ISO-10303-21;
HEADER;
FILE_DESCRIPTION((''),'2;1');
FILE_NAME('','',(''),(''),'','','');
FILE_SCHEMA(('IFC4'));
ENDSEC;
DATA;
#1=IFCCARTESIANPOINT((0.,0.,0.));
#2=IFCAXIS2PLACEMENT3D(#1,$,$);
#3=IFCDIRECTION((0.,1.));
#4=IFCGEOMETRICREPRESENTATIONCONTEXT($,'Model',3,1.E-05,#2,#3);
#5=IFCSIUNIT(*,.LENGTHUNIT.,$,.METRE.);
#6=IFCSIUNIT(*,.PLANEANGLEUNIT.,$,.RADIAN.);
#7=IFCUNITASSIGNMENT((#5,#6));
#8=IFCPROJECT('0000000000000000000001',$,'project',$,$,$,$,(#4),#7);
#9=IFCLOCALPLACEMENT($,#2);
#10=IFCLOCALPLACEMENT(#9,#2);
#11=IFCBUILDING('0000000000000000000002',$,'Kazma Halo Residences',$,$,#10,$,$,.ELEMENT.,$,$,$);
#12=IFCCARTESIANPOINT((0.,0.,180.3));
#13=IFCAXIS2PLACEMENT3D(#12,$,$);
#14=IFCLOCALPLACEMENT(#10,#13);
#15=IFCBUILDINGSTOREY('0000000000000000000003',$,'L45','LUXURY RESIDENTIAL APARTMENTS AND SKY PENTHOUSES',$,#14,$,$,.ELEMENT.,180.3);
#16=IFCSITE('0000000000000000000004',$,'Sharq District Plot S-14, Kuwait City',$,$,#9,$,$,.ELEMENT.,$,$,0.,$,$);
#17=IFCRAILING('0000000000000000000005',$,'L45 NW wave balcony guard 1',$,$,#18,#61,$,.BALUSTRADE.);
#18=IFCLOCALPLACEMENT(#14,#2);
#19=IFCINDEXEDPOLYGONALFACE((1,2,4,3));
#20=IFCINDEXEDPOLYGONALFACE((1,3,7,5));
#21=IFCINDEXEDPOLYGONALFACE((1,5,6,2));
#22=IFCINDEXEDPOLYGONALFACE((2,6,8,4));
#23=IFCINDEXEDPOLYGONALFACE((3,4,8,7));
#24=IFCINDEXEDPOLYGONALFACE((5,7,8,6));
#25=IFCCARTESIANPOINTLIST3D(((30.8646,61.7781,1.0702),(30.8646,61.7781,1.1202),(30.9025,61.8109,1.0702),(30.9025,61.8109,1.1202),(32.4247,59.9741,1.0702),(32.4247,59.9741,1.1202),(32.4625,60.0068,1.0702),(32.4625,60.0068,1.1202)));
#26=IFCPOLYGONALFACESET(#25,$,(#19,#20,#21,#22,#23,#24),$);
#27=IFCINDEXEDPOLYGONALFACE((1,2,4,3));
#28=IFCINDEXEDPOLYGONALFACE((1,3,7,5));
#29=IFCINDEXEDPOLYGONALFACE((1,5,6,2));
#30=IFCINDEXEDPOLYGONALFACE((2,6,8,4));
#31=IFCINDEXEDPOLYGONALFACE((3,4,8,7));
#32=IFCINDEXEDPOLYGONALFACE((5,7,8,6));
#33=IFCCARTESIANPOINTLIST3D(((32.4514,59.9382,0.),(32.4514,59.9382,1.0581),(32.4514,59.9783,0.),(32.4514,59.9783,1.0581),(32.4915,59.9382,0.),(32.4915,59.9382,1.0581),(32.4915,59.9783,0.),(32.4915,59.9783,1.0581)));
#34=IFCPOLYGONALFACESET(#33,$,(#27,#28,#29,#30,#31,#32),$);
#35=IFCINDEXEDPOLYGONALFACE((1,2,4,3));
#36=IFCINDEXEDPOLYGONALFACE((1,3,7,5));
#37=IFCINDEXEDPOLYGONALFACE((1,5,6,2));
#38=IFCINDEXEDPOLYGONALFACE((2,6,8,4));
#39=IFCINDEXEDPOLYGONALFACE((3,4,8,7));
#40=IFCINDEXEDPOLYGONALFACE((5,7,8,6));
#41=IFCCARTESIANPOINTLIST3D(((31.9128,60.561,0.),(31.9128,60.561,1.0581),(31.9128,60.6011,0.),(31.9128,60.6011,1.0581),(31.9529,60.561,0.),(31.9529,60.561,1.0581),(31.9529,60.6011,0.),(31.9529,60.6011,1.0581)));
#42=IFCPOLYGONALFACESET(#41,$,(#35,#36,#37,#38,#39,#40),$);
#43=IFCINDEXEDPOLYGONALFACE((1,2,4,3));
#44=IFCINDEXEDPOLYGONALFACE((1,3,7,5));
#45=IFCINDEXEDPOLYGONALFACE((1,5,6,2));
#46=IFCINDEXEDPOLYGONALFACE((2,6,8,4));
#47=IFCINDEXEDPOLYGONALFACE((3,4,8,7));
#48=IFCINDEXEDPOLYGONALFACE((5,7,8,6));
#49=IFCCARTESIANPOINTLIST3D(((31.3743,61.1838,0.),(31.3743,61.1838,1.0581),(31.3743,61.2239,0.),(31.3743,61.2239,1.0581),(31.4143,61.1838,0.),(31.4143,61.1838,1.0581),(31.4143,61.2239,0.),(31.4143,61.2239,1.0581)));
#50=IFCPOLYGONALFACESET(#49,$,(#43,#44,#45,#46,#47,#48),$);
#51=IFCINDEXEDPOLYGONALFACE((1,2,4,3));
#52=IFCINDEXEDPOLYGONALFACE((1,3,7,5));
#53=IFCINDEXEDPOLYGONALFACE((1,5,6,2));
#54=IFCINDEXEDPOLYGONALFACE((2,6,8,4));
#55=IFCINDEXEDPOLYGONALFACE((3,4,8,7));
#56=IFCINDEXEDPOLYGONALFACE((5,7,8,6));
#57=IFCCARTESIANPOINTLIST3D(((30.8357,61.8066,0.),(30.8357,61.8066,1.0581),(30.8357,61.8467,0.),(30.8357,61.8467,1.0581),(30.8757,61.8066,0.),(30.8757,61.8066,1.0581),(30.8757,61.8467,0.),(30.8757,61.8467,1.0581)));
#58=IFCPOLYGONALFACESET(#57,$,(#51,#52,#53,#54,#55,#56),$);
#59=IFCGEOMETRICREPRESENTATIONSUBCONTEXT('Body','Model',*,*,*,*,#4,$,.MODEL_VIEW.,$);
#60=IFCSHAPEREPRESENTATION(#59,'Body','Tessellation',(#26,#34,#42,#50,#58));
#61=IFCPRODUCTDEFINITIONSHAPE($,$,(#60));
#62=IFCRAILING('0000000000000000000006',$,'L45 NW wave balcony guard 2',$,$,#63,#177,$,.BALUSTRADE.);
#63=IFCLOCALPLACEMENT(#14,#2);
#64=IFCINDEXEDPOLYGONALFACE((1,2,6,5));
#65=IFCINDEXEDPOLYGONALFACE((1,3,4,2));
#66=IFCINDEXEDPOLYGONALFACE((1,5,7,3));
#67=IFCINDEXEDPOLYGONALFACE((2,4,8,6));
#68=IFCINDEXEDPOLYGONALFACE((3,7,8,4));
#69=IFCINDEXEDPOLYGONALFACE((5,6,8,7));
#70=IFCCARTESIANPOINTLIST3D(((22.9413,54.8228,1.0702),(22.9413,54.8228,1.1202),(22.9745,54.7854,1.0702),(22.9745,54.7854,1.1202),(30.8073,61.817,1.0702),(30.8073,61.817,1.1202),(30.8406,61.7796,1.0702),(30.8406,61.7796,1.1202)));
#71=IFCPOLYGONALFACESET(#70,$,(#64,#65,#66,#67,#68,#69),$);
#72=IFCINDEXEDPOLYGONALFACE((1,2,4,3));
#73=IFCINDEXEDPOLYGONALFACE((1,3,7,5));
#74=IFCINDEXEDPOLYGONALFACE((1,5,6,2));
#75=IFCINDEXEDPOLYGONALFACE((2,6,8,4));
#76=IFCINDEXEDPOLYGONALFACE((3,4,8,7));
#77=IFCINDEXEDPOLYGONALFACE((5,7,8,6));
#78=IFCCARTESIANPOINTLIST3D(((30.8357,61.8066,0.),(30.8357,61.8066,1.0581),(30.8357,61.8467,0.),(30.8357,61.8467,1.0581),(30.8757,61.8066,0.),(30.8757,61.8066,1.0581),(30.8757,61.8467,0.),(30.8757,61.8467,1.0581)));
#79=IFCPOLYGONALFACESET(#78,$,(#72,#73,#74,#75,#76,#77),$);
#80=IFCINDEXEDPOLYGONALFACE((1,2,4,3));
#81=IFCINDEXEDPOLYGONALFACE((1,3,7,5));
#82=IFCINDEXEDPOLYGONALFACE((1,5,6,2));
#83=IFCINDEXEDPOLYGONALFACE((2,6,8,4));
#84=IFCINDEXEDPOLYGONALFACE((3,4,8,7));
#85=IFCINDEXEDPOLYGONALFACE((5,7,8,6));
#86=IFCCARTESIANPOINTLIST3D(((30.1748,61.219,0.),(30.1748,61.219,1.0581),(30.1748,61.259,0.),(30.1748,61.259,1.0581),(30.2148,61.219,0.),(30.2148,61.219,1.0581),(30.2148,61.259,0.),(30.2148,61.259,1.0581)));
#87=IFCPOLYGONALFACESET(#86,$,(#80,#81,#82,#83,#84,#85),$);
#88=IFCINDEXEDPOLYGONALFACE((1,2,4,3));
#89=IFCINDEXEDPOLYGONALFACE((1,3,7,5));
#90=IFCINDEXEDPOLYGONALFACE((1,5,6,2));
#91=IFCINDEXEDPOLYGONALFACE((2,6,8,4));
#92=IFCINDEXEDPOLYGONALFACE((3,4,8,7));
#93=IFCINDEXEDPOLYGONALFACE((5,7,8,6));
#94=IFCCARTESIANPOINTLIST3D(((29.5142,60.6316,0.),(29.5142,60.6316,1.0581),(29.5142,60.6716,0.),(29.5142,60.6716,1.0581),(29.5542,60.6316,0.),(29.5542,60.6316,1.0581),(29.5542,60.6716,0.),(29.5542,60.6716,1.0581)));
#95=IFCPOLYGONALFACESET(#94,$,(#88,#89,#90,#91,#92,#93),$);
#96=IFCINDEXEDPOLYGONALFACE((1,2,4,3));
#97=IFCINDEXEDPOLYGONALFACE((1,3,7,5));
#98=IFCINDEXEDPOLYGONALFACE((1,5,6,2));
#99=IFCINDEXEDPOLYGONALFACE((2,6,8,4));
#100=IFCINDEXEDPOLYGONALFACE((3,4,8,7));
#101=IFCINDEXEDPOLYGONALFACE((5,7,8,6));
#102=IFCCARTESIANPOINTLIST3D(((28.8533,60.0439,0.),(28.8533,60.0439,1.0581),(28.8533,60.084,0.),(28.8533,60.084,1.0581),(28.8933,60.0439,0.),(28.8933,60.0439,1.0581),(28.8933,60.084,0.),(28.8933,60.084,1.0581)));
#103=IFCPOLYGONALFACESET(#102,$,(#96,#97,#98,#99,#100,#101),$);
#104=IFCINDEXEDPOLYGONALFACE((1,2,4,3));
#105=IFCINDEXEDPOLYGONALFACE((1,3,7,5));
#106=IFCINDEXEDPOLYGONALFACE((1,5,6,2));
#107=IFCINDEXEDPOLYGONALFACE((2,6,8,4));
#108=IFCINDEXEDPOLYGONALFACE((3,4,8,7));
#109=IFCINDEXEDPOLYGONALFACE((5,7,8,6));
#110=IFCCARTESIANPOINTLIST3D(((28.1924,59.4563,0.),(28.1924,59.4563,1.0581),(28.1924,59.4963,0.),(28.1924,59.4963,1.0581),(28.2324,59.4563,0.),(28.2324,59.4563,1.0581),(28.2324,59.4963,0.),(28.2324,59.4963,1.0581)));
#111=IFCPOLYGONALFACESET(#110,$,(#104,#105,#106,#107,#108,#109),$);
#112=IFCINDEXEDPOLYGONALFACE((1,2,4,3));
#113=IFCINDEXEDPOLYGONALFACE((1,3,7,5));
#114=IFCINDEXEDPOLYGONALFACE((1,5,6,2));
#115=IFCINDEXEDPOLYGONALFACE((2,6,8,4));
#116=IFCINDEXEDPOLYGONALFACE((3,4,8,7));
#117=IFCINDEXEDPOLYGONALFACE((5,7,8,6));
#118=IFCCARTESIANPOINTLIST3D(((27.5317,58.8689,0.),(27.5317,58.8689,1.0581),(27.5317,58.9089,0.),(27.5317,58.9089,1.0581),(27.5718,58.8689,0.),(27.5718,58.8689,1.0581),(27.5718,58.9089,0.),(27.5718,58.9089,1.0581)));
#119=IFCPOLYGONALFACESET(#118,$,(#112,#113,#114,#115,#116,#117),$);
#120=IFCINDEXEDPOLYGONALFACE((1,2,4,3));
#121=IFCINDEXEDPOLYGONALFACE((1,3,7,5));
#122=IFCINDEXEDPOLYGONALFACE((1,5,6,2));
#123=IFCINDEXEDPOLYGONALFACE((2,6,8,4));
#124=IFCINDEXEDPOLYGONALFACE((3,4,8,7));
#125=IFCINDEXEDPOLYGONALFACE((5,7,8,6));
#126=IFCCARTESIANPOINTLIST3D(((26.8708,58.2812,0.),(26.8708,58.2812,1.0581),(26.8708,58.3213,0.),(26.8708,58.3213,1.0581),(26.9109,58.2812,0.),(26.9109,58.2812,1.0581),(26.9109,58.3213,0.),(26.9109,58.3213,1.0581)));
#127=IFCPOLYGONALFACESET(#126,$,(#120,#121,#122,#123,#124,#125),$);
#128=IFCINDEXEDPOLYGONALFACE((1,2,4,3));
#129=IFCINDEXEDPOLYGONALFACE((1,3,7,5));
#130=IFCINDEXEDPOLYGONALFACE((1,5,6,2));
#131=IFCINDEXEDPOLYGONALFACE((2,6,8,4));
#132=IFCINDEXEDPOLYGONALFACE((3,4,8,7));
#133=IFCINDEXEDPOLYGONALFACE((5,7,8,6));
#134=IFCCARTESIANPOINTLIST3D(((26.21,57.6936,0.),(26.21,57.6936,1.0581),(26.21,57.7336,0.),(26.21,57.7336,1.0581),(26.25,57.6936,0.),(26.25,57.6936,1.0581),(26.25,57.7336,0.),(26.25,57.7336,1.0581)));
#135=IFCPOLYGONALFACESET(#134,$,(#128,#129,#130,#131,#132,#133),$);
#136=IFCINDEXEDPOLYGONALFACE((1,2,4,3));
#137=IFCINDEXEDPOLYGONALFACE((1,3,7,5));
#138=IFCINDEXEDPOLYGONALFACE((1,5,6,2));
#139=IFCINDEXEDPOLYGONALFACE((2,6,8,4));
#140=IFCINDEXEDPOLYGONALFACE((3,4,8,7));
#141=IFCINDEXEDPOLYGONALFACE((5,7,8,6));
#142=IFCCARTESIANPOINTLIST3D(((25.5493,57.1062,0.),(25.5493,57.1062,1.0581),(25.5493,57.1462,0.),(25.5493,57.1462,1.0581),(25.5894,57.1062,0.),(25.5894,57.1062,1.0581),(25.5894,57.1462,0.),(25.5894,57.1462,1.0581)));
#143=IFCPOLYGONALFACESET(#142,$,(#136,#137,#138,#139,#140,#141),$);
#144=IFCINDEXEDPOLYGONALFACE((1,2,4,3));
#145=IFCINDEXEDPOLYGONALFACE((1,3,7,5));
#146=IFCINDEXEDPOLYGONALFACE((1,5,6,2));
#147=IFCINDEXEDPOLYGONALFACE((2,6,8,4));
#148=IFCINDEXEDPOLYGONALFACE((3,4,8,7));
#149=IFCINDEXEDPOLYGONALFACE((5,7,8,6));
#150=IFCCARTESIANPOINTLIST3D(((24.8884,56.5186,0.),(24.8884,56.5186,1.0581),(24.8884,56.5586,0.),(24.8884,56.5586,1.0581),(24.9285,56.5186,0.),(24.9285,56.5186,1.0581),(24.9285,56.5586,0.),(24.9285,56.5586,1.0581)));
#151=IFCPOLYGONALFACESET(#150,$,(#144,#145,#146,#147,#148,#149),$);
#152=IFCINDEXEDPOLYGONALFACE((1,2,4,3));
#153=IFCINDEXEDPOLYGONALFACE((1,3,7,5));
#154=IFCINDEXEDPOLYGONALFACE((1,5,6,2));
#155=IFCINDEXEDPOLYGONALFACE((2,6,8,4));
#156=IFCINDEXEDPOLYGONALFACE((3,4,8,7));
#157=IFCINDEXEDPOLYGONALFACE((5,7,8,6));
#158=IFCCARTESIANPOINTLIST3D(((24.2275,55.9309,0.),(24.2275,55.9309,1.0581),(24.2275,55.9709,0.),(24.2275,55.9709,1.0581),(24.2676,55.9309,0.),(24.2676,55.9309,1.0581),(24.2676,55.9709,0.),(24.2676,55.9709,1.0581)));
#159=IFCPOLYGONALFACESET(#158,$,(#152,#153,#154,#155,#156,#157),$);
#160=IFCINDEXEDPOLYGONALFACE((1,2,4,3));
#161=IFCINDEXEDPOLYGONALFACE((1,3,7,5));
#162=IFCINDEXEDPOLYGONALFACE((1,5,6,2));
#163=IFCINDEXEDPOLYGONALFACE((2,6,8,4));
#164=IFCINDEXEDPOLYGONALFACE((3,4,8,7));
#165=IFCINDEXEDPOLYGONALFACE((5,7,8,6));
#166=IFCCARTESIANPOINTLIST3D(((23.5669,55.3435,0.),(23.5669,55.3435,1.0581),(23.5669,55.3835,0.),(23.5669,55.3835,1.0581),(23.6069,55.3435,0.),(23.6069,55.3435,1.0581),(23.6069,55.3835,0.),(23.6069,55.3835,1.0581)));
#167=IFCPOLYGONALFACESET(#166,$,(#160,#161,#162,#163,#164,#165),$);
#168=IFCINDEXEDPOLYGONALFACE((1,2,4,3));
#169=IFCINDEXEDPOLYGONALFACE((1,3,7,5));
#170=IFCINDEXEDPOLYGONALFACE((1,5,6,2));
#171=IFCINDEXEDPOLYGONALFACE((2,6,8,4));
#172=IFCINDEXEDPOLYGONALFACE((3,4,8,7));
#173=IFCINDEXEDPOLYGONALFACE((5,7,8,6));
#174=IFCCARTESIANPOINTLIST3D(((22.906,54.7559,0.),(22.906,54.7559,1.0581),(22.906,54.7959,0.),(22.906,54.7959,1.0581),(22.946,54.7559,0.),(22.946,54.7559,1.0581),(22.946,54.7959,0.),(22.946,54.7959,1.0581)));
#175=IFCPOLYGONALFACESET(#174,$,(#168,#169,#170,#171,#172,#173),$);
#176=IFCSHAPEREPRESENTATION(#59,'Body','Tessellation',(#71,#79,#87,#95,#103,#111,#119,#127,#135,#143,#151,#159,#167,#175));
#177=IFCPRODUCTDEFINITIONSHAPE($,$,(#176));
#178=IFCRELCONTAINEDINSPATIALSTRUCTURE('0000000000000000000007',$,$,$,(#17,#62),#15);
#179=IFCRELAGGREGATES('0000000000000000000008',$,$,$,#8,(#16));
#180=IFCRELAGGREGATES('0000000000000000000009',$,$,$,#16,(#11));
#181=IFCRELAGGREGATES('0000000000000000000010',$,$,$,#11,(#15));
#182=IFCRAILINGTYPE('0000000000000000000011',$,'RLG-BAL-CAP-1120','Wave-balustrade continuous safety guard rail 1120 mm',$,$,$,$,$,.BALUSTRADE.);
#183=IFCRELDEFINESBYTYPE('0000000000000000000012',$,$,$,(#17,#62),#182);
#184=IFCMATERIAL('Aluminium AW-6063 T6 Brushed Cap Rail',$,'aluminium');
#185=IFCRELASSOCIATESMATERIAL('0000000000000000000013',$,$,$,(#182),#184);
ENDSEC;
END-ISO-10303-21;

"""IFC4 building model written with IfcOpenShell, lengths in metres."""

from ifc_helpers import new_model, si_unit, direction, frame, origin, origin_2d, place, context, subcontext, project, spatial, rectangle, extrude, material, type_object, element, save


model = new_model("IFC4")

# Units and contexts
model_context = context("Model", 3, precision=1e-05, world=origin(), true_north=direction((0.0, 1.0)))
body_context = subcontext(model_context, "Body", "Model", "MODEL_VIEW")
ifc_project = project(units=[si_unit("LENGTHUNIT", "METRE"), si_unit("PLANEANGLEUNIT", "RADIAN")], contexts=[model_context])

# Site, building, storey
site_placement = place(None, origin())
site = spatial("IfcSite", under=ifc_project, at=site_placement, Name="Sharq District Plot S-14, Kuwait City", CompositionType="ELEMENT", RefElevation=0.0)
building_placement = place(site_placement, origin())
building = spatial("IfcBuilding", under=site, at=building_placement, Name="Kazma Halo Residences", CompositionType="ELEMENT")
storey_placement = place(building_placement, frame((0.0, 0.0, 180.3)))
storey = spatial("IfcBuildingStorey", under=building, at=storey_placement, Name="L45", Description="LUXURY RESIDENTIAL APARTMENTS AND SKY PENTHOUSES", CompositionType="ELEMENT", Elevation=180.3)

# Railings
ifc_material_1 = material(Name="Aluminium AW-6063 T6 Brushed Cap Rail", Category="aluminium")
railing_type = type_object("IfcRailingType", Name="RLG-BAL-CAP-1120", Description="Wave-balustrade continuous safety guard rail 1120 mm", PredefinedType="BALUSTRADE", material=ifc_material_1)
railing_1_placement = place(storey_placement, frame((32.4714, 59.9583, 0.0)))
element("IfcRailing", 1, at=railing_1_placement, inside=storey, type_object=railing_type, Name="L45 NW wave balcony guard 1", PredefinedType="BALUSTRADE", context=body_context, shape_type="SweptSolid", body=[
    extrude(rectangle(XDim=0.05, YDim=0.05, at=origin_2d()), frame((-0.0278, 0.0322, 1.0952), z_axis=(-0.654106, 0.756403, 0.0), x_axis=(-0.756403, -0.654106, 0.0)), (0.0, 0.0, 1.0), 2.385),
    extrude(rectangle(XDim=0.04, YDim=0.04, at=origin_2d()), origin(), (0.0, 0.0, 1.0), 1.0581),
    extrude(rectangle(XDim=0.04, YDim=0.04, at=origin_2d()), frame((-0.5386, 0.6228, 0.0)), (0.0, 0.0, 1.0), 1.0581),
    extrude(rectangle(XDim=0.04, YDim=0.04, at=origin_2d()), frame((-1.0771, 1.2456, 0.0)), (0.0, 0.0, 1.0), 1.0581),
    extrude(rectangle(XDim=0.04, YDim=0.04, at=origin_2d()), frame((-1.6157, 1.8684, 0.0)), (0.0, 0.0, 1.0), 1.0581),
])
railing_2_placement = place(storey_placement, frame((30.8557, 61.8267, 0.0)))
element("IfcRailing", 2, at=railing_2_placement, inside=storey, type_object=railing_type, Name="L45 NW wave balcony guard 2", PredefinedType="BALUSTRADE", context=body_context, shape_type="SweptSolid", body=[
    extrude(rectangle(XDim=0.05, YDim=0.05, at=origin_2d()), frame((-0.0317, -0.0283, 1.0952), z_axis=(-0.747308, -0.664478, 0.0), x_axis=(0.664478, -0.747308, 0.0)), (0.0, 0.0, 1.0), 10.5259),
    extrude(rectangle(XDim=0.04, YDim=0.04, at=origin_2d()), origin(), (0.0, 0.0, 1.0), 1.0581),
    extrude(rectangle(XDim=0.04, YDim=0.04, at=origin_2d()), frame((-0.6609, -0.5876, 0.0)), (0.0, 0.0, 1.0), 1.0581),
    extrude(rectangle(XDim=0.04, YDim=0.04, at=origin_2d()), frame((-1.3215, -1.175, 0.0)), (0.0, 0.0, 1.0), 1.0581),
    extrude(rectangle(XDim=0.04, YDim=0.04, at=origin_2d()), frame((-1.9824, -1.7627, 0.0)), (0.0, 0.0, 1.0), 1.0581),
    extrude(rectangle(XDim=0.04, YDim=0.04, at=origin_2d()), frame((-2.6433, -2.3503, 0.0)), (0.0, 0.0, 1.0), 1.0581),
    extrude(rectangle(XDim=0.04, YDim=0.04, at=origin_2d()), frame((-3.304, -2.9377, 0.0)), (0.0, 0.0, 1.0), 1.0581),
    extrude(rectangle(XDim=0.04, YDim=0.04, at=origin_2d()), frame((-3.9648, -3.5254, 0.0)), (0.0, 0.0, 1.0), 1.0581),
    extrude(rectangle(XDim=0.04, YDim=0.04, at=origin_2d()), frame((-4.6257, -4.113, 0.0)), (0.0, 0.0, 1.0), 1.0581),
    extrude(rectangle(XDim=0.04, YDim=0.04, at=origin_2d()), frame((-5.2864, -4.7004, 0.0)), (0.0, 0.0, 1.0), 1.0581),
    extrude(rectangle(XDim=0.04, YDim=0.04, at=origin_2d()), frame((-5.9473, -5.2881, 0.0)), (0.0, 0.0, 1.0), 1.0581),
    extrude(rectangle(XDim=0.04, YDim=0.04, at=origin_2d()), frame((-6.6082, -5.8757, 0.0)), (0.0, 0.0, 1.0), 1.0581),
    extrude(rectangle(XDim=0.04, YDim=0.04, at=origin_2d()), frame((-7.2688, -6.4631, 0.0)), (0.0, 0.0, 1.0), 1.0581),
    extrude(rectangle(XDim=0.04, YDim=0.04, at=origin_2d()), frame((-7.9297, -7.0508, 0.0)), (0.0, 0.0, 1.0), 1.0581),
])

save(model, "model.ifc")
